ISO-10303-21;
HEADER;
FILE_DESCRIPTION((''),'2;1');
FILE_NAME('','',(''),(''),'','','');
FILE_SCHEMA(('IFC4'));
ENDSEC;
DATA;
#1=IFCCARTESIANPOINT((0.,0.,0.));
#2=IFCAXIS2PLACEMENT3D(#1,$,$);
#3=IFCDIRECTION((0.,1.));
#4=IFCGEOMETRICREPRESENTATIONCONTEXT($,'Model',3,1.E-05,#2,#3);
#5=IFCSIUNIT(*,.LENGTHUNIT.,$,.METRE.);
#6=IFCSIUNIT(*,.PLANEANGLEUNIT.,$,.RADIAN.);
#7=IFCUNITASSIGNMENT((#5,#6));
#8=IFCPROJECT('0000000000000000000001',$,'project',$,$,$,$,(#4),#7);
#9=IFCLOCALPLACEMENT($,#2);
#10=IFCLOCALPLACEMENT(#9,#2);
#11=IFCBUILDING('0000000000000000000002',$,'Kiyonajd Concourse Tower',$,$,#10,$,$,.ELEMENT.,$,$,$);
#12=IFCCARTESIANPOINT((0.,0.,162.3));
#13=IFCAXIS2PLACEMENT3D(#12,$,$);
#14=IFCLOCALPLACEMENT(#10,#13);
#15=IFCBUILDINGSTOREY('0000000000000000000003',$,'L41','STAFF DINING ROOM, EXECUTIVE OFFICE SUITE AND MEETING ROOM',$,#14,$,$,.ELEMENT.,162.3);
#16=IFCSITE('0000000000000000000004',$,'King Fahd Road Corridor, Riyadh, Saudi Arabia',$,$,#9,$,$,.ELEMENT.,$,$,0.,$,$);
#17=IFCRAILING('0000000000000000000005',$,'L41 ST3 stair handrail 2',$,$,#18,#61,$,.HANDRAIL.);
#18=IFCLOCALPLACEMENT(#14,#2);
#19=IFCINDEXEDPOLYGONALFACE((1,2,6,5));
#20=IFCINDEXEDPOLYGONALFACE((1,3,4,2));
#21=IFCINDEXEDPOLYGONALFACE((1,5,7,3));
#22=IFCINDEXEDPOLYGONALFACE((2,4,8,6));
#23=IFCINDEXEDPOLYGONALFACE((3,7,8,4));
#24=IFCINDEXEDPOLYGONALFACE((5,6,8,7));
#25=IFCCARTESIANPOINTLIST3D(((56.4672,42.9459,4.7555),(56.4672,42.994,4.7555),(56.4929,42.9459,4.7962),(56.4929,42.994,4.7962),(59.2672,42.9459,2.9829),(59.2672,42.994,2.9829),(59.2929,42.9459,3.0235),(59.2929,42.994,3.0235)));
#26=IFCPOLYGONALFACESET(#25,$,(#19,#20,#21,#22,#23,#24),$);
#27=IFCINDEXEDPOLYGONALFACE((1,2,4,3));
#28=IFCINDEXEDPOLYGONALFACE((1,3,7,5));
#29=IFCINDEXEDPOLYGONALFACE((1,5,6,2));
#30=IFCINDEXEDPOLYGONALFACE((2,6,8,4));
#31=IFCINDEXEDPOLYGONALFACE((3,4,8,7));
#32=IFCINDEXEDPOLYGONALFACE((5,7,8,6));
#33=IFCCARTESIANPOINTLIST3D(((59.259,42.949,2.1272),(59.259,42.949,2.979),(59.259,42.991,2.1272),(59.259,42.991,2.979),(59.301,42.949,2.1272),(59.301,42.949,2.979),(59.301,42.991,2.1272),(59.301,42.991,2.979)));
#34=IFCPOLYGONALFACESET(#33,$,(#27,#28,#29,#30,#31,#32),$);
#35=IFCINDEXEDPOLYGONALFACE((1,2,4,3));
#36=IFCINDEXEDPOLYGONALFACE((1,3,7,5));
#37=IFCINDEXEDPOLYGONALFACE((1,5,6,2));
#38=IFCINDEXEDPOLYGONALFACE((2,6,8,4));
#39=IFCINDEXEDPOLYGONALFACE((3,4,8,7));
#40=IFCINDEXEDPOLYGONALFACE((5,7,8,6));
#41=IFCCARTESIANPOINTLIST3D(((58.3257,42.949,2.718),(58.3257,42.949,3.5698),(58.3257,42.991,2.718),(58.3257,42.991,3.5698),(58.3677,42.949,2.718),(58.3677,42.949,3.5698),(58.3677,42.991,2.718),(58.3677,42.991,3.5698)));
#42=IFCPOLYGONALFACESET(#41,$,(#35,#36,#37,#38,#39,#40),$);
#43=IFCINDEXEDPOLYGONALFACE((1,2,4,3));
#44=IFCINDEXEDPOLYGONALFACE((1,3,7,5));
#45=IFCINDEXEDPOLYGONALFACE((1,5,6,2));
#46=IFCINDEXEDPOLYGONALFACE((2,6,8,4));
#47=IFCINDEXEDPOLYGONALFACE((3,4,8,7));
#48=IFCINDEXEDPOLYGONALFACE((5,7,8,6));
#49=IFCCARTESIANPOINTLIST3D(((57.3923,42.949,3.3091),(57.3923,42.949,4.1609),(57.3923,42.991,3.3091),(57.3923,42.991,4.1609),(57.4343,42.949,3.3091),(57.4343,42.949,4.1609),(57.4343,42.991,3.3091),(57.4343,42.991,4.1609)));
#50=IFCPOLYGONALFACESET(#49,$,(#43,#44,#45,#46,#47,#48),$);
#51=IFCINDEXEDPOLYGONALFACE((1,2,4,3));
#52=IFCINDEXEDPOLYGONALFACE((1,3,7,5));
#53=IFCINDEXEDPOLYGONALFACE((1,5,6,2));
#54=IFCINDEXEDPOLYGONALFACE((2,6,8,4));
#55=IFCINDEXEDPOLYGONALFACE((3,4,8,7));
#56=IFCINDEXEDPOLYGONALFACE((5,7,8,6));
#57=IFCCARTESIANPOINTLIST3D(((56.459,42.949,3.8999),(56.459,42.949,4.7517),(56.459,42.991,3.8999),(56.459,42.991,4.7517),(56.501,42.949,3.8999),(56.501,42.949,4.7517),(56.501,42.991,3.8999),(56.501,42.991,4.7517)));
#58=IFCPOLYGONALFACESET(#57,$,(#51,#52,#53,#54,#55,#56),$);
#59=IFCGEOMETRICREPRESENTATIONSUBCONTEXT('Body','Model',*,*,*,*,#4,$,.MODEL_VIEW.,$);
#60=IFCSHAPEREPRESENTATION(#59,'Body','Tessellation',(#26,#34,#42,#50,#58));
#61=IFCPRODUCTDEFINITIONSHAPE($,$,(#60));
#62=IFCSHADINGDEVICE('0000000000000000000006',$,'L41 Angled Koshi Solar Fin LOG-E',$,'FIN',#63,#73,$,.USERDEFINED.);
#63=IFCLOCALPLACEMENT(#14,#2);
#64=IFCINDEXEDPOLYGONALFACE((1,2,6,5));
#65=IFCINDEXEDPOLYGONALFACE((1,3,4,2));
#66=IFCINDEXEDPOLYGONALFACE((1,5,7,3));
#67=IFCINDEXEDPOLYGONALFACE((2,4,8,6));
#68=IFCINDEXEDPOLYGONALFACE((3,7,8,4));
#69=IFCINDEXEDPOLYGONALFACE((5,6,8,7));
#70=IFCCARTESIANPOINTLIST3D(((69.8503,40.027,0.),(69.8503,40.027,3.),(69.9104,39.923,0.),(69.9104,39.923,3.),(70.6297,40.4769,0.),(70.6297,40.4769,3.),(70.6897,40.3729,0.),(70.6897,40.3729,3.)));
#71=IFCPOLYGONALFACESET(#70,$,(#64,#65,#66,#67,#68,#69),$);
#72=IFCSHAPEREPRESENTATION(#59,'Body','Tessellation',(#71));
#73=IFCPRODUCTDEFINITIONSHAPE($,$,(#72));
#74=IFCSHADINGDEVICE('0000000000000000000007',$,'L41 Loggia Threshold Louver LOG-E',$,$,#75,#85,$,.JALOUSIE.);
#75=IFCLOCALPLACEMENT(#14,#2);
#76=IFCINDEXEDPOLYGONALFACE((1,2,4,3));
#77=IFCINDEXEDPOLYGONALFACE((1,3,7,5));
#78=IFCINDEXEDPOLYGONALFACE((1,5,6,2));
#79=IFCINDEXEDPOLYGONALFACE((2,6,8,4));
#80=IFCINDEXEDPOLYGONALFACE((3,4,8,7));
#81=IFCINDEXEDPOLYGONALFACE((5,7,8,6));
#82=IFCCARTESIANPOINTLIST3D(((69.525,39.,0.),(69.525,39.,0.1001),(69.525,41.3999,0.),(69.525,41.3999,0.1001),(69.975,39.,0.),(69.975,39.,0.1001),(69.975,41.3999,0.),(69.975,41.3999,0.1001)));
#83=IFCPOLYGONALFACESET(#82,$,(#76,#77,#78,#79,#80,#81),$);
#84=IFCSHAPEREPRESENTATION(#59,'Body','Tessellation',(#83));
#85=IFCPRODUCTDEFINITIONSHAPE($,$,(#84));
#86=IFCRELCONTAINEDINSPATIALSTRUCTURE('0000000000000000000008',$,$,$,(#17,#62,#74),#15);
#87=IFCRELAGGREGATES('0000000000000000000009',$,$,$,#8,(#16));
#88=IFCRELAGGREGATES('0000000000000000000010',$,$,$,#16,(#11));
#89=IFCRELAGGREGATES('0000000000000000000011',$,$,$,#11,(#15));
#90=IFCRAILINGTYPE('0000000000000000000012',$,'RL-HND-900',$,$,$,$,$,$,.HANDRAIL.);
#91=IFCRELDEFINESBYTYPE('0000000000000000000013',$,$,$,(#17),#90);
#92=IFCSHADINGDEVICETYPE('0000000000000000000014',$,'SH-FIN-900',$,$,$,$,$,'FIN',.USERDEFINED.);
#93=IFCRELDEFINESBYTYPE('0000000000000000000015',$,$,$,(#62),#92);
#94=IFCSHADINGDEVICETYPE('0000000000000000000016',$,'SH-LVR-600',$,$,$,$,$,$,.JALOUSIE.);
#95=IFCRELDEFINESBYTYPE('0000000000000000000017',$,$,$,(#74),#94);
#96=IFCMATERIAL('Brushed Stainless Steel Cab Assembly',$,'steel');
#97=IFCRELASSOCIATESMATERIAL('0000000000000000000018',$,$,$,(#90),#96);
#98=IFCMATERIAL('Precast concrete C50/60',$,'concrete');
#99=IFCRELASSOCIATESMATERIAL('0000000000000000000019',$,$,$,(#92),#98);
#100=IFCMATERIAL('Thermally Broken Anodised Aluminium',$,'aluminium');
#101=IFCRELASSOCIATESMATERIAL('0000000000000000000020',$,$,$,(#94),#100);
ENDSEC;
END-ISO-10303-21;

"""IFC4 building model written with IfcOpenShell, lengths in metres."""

from ifc_helpers import new_model, si_unit, direction, frame, origin, origin_2d, place, context, subcontext, project, spatial, rectangle, extrude, material, type_object, element, save


model = new_model("IFC4")

# Units and contexts
model_context = context("Model", 3, precision=1e-05, world=origin(), true_north=direction((0.0, 1.0)))
body_context = subcontext(model_context, "Body", "Model", "MODEL_VIEW")
ifc_project = project(units=[si_unit("LENGTHUNIT", "METRE"), si_unit("PLANEANGLEUNIT", "RADIAN")], contexts=[model_context])

# Site, building, storey
site_placement = place(None, origin())
site = spatial("IfcSite", under=ifc_project, at=site_placement, Name="King Fahd Road Corridor, Riyadh, Saudi Arabia", CompositionType="ELEMENT", RefElevation=0.0)
building_placement = place(site_placement, origin())
building = spatial("IfcBuilding", under=site, at=building_placement, Name="Kiyonajd Concourse Tower", CompositionType="ELEMENT")
storey_placement = place(building_placement, frame((0.0, 0.0, 162.3)))
storey = spatial("IfcBuildingStorey", under=building, at=storey_placement, Name="L41", Description="STAFF DINING ROOM, EXECUTIVE OFFICE SUITE AND MEETING ROOM", CompositionType="ELEMENT", Elevation=162.3)

# Shared definitions
ifc_material_1 = material(Name="Thermally Broken Anodised Aluminium", Category="aluminium")

# Shared definitions
ifc_material_2 = material(Name="Precast concrete C50/60", Category="concrete")

# Railing
ifc_material_3 = material(Name="Brushed Stainless Steel Cab Assembly", Category="steel")
railing_type_1 = type_object("IfcRailingType", Name="RL-HND-900", PredefinedType="HANDRAIL", material=ifc_material_3)
railing_1_placement = place(storey_placement, frame((59.28, 42.97, 2.1272)))
element("IfcRailing", 1, at=railing_1_placement, inside=storey, type_object=railing_type_1, Name="L41 ST3 stair handrail 2", PredefinedType="HANDRAIL", context=body_context, shape_type="SweptSolid", body=[
    extrude(rectangle(XDim=0.0481, YDim=0.0481, at=origin_2d()), frame((0.0, 0.0, 0.876), z_axis=(-0.844909, 0.0, 0.53491), x_axis=(0.0, -1.0, 0.0)), (0.0, 0.0, 1.0), 3.314),
    extrude(rectangle(XDim=0.042, YDim=0.042, at=origin_2d()), origin(), (0.0, 0.0, 1.0), 0.8518),
    extrude(rectangle(XDim=0.042, YDim=0.042, at=origin_2d()), frame((-0.9333, 0.0, 0.5908)), (0.0, 0.0, 1.0), 0.8518),
    extrude(rectangle(XDim=0.042, YDim=0.042, at=origin_2d()), frame((-1.8667, 0.0, 1.1819)), (0.0, 0.0, 1.0), 0.8518),
    extrude(rectangle(XDim=0.042, YDim=0.042, at=origin_2d()), frame((-2.8, 0.0, 1.7727)), (0.0, 0.0, 1.0), 0.8518),
])

# Shading devices
shading_device_type_1 = type_object("IfcShadingDeviceType", Name="SH-FIN-900", ElementType="FIN", PredefinedType="USERDEFINED", material=ifc_material_2)
shading_device_1_placement = place(storey_placement, frame((70.27, 40.2, 0.0), z_axis=(0.0, 0.0, 1.0), x_axis=(0.866025, 0.5, 0.0)))
element("IfcShadingDevice", 2, at=shading_device_1_placement, inside=storey, type_object=shading_device_type_1, Name="L41 Angled Koshi Solar Fin LOG-E", ObjectType="FIN", PredefinedType="USERDEFINED", context=body_context, shape_type="SweptSolid", body=[
    extrude(rectangle(XDim=0.8999, YDim=0.1201, at=origin_2d()), origin(), (0.0, 0.0, 1.0), 3.0),
])
shading_device_type_2 = type_object("IfcShadingDeviceType", Name="SH-LVR-600", PredefinedType="JALOUSIE", material=ifc_material_1)
shading_device_2_placement = place(storey_placement, frame((69.75, 40.2, 0.0), z_axis=(0.0, 0.0, 1.0), x_axis=(0.0, 1.0, 0.0)))
element("IfcShadingDevice", 3, at=shading_device_2_placement, inside=storey, type_object=shading_device_type_2, Name="L41 Loggia Threshold Louver LOG-E", PredefinedType="JALOUSIE", context=body_context, shape_type="SweptSolid", body=[
    extrude(rectangle(XDim=2.3999, YDim=0.45, at=origin_2d()), origin(), (0.0, 0.0, 1.0), 0.1001),
])

save(model, "model.ifc")
